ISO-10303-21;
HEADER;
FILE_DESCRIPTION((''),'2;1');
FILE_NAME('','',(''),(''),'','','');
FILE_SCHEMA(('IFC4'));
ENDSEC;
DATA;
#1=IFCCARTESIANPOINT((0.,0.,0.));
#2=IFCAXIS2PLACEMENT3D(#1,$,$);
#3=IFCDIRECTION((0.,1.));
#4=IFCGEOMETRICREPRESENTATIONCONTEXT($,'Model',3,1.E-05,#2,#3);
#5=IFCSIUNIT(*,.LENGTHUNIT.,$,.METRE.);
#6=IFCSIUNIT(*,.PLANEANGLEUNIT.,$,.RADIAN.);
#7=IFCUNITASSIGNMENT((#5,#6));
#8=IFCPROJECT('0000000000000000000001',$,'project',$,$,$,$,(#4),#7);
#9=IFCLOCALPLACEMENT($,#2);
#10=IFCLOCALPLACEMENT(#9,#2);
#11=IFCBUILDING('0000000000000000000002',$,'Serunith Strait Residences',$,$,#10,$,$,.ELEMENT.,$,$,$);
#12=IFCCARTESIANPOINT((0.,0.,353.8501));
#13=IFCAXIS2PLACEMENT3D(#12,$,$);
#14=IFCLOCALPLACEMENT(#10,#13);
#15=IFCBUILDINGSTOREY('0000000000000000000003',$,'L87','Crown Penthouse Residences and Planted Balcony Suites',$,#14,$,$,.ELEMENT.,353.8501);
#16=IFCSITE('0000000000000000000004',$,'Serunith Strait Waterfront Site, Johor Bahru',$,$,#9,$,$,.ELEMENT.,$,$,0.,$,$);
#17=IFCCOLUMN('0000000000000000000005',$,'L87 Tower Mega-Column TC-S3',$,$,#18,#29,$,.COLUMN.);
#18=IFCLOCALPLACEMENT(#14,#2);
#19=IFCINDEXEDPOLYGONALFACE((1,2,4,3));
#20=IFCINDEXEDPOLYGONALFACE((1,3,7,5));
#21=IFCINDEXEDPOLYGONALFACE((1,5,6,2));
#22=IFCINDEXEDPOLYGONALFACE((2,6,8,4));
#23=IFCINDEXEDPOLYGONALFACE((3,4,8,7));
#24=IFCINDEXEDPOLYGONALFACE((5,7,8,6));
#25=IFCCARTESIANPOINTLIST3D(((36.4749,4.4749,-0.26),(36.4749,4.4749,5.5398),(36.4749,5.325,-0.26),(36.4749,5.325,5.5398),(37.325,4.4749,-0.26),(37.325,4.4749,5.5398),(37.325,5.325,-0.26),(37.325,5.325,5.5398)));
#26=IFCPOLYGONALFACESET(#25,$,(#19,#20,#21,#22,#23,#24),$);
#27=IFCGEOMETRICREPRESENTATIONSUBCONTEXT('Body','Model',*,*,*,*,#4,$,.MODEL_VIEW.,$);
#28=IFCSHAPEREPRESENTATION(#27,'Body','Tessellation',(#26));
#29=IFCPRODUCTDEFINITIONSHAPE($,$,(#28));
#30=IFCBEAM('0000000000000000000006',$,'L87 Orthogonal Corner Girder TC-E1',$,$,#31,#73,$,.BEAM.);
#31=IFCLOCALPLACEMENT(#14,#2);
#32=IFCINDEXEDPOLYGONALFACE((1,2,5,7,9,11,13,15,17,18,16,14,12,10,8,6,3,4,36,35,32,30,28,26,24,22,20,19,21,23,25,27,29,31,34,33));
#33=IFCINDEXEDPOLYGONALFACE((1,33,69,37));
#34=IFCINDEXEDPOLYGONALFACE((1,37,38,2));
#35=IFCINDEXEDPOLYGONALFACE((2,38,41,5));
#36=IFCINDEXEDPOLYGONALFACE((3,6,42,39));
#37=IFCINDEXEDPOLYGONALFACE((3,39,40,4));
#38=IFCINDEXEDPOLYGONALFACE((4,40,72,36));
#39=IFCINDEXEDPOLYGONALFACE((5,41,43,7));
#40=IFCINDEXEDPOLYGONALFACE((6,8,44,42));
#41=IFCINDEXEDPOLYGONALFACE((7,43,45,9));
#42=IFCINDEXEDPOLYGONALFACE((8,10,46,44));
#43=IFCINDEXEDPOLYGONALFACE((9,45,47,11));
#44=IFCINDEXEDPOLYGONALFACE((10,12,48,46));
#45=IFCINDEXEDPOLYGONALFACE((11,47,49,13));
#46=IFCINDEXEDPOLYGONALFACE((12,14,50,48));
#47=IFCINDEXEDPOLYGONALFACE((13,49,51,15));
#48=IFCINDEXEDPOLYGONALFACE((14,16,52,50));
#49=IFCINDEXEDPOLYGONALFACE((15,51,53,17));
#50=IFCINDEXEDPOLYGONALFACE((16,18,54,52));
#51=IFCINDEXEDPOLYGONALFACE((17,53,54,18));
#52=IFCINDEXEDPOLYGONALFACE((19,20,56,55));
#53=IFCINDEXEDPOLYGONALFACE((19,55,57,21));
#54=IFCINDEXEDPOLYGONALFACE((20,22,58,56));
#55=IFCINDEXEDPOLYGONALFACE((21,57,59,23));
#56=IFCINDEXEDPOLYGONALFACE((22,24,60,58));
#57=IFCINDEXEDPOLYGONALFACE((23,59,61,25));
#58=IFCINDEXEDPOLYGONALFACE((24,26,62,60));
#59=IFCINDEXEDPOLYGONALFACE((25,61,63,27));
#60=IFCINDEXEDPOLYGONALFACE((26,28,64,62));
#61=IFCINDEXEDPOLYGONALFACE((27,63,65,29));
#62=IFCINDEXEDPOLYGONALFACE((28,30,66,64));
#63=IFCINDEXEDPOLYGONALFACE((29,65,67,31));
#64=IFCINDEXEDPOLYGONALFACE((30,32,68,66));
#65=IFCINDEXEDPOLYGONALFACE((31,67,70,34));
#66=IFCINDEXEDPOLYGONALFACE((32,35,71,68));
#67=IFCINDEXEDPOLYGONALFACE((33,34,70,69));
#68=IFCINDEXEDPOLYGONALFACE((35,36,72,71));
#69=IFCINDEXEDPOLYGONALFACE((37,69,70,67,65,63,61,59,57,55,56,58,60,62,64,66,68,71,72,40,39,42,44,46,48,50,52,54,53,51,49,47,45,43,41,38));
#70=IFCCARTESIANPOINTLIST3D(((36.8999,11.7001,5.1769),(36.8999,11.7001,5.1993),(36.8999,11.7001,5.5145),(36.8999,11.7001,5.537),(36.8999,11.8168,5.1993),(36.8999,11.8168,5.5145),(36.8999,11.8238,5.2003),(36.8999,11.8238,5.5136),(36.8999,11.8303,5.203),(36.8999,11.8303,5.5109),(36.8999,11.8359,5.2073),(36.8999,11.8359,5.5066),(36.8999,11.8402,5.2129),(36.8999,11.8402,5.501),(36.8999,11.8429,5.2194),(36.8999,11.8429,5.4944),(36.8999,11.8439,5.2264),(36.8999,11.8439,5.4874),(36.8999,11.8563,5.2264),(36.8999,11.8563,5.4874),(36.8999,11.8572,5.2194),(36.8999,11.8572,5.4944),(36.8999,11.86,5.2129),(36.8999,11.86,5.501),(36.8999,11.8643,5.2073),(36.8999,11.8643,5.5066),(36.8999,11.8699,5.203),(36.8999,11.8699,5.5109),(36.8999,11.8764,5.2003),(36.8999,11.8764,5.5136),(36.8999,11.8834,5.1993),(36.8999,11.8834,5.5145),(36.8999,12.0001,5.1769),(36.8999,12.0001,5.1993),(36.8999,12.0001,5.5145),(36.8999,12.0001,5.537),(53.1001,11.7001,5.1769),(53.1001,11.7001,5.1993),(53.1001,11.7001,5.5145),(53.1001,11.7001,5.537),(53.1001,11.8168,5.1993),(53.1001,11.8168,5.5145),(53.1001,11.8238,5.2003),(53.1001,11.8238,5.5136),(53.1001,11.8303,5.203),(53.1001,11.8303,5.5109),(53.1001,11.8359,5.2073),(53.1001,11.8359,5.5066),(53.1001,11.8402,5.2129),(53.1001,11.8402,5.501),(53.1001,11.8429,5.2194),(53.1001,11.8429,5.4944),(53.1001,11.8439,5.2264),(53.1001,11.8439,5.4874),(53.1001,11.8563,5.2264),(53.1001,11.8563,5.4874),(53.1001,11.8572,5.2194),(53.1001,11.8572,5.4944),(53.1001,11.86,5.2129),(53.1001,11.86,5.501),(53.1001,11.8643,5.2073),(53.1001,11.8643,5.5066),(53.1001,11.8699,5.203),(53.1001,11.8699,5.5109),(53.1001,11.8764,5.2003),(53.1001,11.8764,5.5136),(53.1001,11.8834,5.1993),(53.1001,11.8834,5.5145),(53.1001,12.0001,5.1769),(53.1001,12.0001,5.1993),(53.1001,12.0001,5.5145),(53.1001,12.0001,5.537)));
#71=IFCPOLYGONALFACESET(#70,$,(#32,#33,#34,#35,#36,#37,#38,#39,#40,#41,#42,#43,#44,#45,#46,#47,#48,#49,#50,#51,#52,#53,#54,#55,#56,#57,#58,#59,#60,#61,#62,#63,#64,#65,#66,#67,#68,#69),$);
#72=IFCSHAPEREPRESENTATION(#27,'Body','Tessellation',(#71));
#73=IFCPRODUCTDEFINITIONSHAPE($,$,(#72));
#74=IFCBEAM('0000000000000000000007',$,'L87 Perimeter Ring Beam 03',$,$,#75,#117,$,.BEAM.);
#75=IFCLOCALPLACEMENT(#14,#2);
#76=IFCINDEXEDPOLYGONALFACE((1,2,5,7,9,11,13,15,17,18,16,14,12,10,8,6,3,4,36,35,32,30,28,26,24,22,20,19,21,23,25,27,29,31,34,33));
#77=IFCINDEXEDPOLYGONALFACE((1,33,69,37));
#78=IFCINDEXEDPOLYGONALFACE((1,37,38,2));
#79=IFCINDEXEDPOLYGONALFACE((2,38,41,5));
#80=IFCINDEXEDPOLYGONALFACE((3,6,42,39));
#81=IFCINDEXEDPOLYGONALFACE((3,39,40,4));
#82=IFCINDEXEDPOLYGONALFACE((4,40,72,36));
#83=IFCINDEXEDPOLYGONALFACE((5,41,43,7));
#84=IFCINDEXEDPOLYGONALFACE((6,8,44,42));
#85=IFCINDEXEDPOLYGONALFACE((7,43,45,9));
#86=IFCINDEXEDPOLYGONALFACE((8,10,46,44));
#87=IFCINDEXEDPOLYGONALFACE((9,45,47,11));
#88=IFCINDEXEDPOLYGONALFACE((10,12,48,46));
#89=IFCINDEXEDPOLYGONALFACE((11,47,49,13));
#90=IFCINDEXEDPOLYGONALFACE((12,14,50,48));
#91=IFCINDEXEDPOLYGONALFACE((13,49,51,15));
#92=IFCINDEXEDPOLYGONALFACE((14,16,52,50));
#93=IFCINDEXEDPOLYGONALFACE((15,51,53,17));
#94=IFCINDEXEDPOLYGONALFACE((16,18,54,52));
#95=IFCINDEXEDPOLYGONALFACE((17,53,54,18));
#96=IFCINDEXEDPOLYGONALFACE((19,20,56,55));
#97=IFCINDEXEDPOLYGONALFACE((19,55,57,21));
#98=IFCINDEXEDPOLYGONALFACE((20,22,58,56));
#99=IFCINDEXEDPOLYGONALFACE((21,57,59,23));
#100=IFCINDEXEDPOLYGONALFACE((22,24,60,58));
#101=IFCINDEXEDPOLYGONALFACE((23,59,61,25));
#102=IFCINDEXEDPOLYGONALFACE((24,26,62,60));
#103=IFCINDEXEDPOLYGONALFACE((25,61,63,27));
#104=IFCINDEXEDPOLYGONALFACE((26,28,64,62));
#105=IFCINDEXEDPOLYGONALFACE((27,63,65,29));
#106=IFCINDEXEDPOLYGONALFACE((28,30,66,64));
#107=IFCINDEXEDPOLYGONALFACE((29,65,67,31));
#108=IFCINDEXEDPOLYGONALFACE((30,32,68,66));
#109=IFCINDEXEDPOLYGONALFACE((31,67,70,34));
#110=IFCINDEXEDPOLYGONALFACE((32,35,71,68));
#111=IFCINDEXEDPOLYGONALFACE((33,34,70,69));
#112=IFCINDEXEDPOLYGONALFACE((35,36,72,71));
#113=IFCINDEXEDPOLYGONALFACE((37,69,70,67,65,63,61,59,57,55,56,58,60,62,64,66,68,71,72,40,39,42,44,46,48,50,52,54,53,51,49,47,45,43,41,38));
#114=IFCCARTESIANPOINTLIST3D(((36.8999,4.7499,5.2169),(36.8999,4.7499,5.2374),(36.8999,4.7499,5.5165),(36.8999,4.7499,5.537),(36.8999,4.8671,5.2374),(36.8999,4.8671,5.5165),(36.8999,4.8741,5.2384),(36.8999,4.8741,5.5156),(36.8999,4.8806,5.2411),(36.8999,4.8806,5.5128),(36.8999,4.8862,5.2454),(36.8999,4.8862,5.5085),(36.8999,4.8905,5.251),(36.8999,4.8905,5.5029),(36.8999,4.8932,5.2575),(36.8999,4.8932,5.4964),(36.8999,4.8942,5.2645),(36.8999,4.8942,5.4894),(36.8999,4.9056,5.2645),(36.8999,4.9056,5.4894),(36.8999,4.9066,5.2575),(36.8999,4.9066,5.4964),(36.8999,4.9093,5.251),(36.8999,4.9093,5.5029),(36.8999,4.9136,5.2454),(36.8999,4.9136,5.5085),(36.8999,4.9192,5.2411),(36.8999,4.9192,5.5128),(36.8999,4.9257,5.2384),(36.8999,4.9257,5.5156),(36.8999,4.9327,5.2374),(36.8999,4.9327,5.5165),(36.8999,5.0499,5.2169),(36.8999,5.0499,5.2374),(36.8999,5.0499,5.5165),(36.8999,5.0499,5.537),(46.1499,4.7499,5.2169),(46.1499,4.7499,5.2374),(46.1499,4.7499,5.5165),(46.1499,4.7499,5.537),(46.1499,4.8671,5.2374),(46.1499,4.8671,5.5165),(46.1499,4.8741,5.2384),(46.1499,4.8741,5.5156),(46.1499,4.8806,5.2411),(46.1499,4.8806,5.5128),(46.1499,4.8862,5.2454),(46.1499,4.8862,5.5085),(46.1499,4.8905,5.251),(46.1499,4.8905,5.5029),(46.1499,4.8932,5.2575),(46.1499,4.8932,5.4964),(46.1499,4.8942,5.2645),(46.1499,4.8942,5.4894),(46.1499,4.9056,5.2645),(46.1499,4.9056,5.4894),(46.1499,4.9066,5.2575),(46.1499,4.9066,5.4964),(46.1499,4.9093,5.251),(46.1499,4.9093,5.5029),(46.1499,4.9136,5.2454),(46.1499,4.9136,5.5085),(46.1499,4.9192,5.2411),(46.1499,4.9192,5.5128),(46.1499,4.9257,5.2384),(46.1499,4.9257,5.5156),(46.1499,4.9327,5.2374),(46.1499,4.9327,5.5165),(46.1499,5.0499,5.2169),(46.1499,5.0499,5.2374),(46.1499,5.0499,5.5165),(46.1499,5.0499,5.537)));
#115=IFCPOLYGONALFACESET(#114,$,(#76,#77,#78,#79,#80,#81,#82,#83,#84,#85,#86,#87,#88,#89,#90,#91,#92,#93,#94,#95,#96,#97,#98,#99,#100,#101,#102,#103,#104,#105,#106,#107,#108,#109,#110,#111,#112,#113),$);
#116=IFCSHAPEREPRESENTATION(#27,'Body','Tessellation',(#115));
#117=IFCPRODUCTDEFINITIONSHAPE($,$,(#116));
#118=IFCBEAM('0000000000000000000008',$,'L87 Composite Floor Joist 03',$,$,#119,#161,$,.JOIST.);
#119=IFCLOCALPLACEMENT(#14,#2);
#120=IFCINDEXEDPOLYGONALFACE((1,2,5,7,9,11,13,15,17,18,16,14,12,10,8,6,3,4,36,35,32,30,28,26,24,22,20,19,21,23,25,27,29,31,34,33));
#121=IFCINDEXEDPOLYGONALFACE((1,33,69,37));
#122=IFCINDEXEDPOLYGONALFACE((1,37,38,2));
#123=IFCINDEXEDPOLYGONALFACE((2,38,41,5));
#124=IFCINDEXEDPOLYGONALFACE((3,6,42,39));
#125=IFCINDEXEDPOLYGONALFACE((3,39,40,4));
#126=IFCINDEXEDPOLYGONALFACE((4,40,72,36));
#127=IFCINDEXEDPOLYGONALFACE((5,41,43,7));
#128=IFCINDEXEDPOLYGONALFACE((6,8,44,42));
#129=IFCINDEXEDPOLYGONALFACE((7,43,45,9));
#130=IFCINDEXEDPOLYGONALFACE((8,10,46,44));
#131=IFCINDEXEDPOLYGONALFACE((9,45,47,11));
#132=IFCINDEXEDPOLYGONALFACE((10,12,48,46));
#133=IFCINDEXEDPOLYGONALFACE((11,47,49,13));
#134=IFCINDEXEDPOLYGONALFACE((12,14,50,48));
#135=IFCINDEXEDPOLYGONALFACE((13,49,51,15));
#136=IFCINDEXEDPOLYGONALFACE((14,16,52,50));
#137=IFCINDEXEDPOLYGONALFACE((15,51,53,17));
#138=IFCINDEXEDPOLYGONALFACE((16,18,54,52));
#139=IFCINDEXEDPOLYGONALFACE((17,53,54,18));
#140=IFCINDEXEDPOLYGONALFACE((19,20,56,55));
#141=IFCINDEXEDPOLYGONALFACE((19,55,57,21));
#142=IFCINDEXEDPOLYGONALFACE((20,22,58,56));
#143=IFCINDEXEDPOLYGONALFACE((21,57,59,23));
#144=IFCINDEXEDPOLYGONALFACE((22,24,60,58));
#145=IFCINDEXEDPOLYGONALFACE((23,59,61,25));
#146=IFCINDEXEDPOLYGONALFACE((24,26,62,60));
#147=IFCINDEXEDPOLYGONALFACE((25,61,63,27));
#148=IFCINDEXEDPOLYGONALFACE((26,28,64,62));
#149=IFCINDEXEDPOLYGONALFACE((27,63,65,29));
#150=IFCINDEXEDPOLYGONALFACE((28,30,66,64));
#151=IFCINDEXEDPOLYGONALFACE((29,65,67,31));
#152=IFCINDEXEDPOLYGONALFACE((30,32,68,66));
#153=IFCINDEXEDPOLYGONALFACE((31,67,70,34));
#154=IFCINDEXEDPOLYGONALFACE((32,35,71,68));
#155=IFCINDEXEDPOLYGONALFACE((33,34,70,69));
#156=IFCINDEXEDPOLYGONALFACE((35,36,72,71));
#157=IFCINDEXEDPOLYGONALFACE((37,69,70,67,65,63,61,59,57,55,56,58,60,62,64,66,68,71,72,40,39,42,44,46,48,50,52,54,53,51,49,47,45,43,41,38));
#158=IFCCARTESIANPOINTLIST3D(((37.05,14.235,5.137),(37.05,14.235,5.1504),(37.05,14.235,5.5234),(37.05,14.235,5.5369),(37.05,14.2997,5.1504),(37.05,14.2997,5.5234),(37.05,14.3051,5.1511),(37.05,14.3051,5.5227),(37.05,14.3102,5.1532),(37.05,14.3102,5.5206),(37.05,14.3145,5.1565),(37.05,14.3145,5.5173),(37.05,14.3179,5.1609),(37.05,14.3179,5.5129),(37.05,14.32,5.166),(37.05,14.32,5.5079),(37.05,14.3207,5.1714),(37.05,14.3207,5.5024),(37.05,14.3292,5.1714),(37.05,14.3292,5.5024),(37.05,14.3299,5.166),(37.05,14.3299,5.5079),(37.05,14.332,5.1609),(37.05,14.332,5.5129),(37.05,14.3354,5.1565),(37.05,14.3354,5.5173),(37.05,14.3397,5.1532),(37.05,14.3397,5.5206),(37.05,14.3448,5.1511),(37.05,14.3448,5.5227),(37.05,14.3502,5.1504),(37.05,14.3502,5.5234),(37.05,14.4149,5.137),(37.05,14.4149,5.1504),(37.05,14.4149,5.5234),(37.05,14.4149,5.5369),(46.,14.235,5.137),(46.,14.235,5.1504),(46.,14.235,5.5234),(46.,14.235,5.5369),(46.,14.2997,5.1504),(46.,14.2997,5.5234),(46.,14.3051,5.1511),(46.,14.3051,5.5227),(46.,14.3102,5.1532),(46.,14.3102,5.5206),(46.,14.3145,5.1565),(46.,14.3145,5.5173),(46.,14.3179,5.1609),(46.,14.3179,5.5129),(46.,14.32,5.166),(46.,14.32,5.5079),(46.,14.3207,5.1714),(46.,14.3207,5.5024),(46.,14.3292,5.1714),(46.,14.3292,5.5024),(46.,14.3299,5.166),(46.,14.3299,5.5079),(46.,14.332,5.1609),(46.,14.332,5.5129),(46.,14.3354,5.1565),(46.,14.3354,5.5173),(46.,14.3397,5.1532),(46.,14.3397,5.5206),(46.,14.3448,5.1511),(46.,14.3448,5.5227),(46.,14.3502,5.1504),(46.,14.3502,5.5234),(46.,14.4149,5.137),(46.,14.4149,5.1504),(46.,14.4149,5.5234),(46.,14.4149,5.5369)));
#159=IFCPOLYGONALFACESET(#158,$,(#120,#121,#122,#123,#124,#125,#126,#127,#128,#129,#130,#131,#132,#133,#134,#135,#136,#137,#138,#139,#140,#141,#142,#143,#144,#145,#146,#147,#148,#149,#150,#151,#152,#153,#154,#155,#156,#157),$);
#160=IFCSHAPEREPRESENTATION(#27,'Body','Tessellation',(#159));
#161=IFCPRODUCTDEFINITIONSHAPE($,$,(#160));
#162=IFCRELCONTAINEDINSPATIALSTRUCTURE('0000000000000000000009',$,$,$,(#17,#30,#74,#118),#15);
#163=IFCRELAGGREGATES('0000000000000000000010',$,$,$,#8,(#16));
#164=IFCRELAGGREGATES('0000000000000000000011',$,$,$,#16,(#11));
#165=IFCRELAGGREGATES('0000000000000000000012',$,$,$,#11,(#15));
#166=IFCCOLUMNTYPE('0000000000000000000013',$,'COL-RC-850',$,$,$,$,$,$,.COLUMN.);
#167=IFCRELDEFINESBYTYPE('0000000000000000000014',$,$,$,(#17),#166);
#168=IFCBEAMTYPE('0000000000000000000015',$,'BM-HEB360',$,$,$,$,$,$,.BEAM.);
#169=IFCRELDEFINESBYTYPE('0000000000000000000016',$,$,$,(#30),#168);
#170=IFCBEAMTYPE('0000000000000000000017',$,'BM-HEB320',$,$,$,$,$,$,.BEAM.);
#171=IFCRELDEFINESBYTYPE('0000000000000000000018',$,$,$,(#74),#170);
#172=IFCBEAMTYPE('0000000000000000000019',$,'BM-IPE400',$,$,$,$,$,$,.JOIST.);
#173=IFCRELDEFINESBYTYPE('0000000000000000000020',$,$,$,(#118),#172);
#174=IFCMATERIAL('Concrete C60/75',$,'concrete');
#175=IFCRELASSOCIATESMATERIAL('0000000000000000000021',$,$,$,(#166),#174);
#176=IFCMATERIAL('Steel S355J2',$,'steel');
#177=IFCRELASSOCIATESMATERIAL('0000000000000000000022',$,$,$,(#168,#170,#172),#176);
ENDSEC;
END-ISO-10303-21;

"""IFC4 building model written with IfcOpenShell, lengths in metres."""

from ifc_helpers import new_model, si_unit, direction, frame, origin, origin_2d, place, context, subcontext, project, spatial, rectangle, i_section, extrude, source, transform, mapped, material, material_profile, profile_set, type_object, element, save


model = new_model("IFC4")

# Units and contexts
model_context = context("Model", 3, precision=1e-05, world=origin(), true_north=direction((0.0, 1.0)))
body_context = subcontext(model_context, "Body", "Model", "MODEL_VIEW")
ifc_project = project(units=[si_unit("LENGTHUNIT", "METRE"), si_unit("PLANEANGLEUNIT", "RADIAN")], contexts=[model_context])

# Site, building, storey
site_placement = place(None, origin())
site = spatial("IfcSite", under=ifc_project, at=site_placement, Name="Serunith Strait Waterfront Site, Johor Bahru", CompositionType="ELEMENT", RefElevation=0.0)
building_placement = place(site_placement, origin())
building = spatial("IfcBuilding", under=site, at=building_placement, Name="Serunith Strait Residences", CompositionType="ELEMENT")
storey_placement = place(building_placement, frame((0.0, 0.0, 353.8501)))
storey = spatial("IfcBuildingStorey", under=building, at=storey_placement, Name="L87", Description="Crown Penthouse Residences and Planted Balcony Suites", CompositionType="ELEMENT", Elevation=353.8501)

# Column
ifc_material_1 = material(Name="Concrete C60/75", Category="concrete")
ifc_material_profile_1 = material_profile(ifc_material_1, rectangle(XDim=0.8501, YDim=0.8501, at=origin_2d()), Name="RC 850x850")
ifc_profile_set_1 = profile_set([ifc_material_profile_1], Name="Concrete C60/75")
column_type = type_object("IfcColumnType", Name="COL-RC-850", PredefinedType="COLUMN", material=ifc_profile_set_1)
shared_shape_1 = source(origin(), body_context, "Body", "SweptSolid", [
    extrude(rectangle(XDim=0.8501, YDim=0.8501, at=origin_2d()), origin(), (0.0, 0.0, 1.0), 5.7998),
])
column_placement = place(storey_placement, frame((36.8999, 4.8999, -0.26), z_axis=(0.0, 0.0, 1.0), x_axis=(1.0, 0.0, 0.0)))
element("IfcColumn", 1, at=column_placement, inside=storey, type_object=column_type, Name="L87 Tower Mega-Column TC-S3", PredefinedType="COLUMN", context=body_context, shape_type="MappedRepresentation", body=[
    mapped(shared_shape_1, transform((0.0, 0.0, 0.0), scale=1.0)),
])

# Beams
ifc_material_2 = material(Name="Steel S355J2", Category="steel")
ifc_material_profile_2 = material_profile(ifc_material_2, i_section(OverallWidth=0.3, OverallDepth=0.3601, WebThickness=0.0125, FlangeThickness=0.0225, FilletRadius=0.0271, at=origin_2d()), Name="HEB 360")
ifc_profile_set_2 = profile_set([ifc_material_profile_2], Name="Steel S355J2")
beam_type_1 = type_object("IfcBeamType", Name="BM-HEB360", PredefinedType="BEAM", material=ifc_profile_set_2)
shared_shape_2 = source(origin(), body_context, "Body", "SweptSolid", [
    extrude(i_section(OverallWidth=0.3, OverallDepth=0.3601, WebThickness=0.0125, FlangeThickness=0.0225, FilletRadius=0.0271, at=origin_2d()), origin(), (0.0, 0.0, 1.0), 16.2002),
])
beam_1_placement = place(storey_placement, frame((36.8999, 11.8501, 5.3569), z_axis=(1.0, 0.0, 0.0), x_axis=(0.0, 1.0, 0.0)))
element("IfcBeam", 2, at=beam_1_placement, inside=storey, type_object=beam_type_1, Name="L87 Orthogonal Corner Girder TC-E1", PredefinedType="BEAM", context=body_context, shape_type="MappedRepresentation", body=[
    mapped(shared_shape_2, transform((0.0, 0.0, 0.0), scale=1.0)),
])
ifc_material_profile_3 = material_profile(ifc_material_2, i_section(OverallWidth=0.3, OverallDepth=0.3201, WebThickness=0.0115, FlangeThickness=0.0205, FilletRadius=0.0271, at=origin_2d()), Name="HEB 320")
ifc_profile_set_3 = profile_set([ifc_material_profile_3], Name="Steel S355J2")
beam_type_2 = type_object("IfcBeamType", Name="BM-HEB320", PredefinedType="BEAM", material=ifc_profile_set_3)
shared_shape_3 = source(origin(), body_context, "Body", "SweptSolid", [
    extrude(i_section(OverallWidth=0.3, OverallDepth=0.3201, WebThickness=0.0115, FlangeThickness=0.0205, FilletRadius=0.0271, at=origin_2d()), origin(), (0.0, 0.0, 1.0), 9.25),
])
beam_2_placement = place(storey_placement, frame((36.8999, 4.8999, 5.377), z_axis=(1.0, 0.0, 0.0), x_axis=(0.0, 1.0, 0.0)))
element("IfcBeam", 3, at=beam_2_placement, inside=storey, type_object=beam_type_2, Name="L87 Perimeter Ring Beam 03", PredefinedType="BEAM", context=body_context, shape_type="MappedRepresentation", body=[
    mapped(shared_shape_3, transform((0.0, 0.0, 0.0), scale=1.0)),
])
ifc_material_profile_4 = material_profile(ifc_material_2, i_section(OverallWidth=0.1799, OverallDepth=0.3999, WebThickness=0.0085, FlangeThickness=0.0134, FilletRadius=0.021, at=origin_2d()), Name="IPE 400")
ifc_profile_set_4 = profile_set([ifc_material_profile_4], Name="Steel S355J2")
beam_type_3 = type_object("IfcBeamType", Name="BM-IPE400", PredefinedType="JOIST", material=ifc_profile_set_4)
shared_shape_4 = source(origin(), body_context, "Body", "SweptSolid", [
    extrude(i_section(OverallWidth=0.1799, OverallDepth=0.3999, WebThickness=0.0085, FlangeThickness=0.0134, FilletRadius=0.021, at=origin_2d()), origin(), (0.0, 0.0, 1.0), 8.95),
])
beam_3_placement = place(storey_placement, frame((37.05, 14.325, 5.3369), z_axis=(1.0, 0.0, 0.0), x_axis=(0.0, 1.0, 0.0)))
element("IfcBeam", 4, at=beam_3_placement, inside=storey, type_object=beam_type_3, Name="L87 Composite Floor Joist 03", PredefinedType="JOIST", context=body_context, shape_type="MappedRepresentation", body=[
    mapped(shared_shape_4, transform((0.0, 0.0, 0.0), scale=1.0)),
])

save(model, "model.ifc")
